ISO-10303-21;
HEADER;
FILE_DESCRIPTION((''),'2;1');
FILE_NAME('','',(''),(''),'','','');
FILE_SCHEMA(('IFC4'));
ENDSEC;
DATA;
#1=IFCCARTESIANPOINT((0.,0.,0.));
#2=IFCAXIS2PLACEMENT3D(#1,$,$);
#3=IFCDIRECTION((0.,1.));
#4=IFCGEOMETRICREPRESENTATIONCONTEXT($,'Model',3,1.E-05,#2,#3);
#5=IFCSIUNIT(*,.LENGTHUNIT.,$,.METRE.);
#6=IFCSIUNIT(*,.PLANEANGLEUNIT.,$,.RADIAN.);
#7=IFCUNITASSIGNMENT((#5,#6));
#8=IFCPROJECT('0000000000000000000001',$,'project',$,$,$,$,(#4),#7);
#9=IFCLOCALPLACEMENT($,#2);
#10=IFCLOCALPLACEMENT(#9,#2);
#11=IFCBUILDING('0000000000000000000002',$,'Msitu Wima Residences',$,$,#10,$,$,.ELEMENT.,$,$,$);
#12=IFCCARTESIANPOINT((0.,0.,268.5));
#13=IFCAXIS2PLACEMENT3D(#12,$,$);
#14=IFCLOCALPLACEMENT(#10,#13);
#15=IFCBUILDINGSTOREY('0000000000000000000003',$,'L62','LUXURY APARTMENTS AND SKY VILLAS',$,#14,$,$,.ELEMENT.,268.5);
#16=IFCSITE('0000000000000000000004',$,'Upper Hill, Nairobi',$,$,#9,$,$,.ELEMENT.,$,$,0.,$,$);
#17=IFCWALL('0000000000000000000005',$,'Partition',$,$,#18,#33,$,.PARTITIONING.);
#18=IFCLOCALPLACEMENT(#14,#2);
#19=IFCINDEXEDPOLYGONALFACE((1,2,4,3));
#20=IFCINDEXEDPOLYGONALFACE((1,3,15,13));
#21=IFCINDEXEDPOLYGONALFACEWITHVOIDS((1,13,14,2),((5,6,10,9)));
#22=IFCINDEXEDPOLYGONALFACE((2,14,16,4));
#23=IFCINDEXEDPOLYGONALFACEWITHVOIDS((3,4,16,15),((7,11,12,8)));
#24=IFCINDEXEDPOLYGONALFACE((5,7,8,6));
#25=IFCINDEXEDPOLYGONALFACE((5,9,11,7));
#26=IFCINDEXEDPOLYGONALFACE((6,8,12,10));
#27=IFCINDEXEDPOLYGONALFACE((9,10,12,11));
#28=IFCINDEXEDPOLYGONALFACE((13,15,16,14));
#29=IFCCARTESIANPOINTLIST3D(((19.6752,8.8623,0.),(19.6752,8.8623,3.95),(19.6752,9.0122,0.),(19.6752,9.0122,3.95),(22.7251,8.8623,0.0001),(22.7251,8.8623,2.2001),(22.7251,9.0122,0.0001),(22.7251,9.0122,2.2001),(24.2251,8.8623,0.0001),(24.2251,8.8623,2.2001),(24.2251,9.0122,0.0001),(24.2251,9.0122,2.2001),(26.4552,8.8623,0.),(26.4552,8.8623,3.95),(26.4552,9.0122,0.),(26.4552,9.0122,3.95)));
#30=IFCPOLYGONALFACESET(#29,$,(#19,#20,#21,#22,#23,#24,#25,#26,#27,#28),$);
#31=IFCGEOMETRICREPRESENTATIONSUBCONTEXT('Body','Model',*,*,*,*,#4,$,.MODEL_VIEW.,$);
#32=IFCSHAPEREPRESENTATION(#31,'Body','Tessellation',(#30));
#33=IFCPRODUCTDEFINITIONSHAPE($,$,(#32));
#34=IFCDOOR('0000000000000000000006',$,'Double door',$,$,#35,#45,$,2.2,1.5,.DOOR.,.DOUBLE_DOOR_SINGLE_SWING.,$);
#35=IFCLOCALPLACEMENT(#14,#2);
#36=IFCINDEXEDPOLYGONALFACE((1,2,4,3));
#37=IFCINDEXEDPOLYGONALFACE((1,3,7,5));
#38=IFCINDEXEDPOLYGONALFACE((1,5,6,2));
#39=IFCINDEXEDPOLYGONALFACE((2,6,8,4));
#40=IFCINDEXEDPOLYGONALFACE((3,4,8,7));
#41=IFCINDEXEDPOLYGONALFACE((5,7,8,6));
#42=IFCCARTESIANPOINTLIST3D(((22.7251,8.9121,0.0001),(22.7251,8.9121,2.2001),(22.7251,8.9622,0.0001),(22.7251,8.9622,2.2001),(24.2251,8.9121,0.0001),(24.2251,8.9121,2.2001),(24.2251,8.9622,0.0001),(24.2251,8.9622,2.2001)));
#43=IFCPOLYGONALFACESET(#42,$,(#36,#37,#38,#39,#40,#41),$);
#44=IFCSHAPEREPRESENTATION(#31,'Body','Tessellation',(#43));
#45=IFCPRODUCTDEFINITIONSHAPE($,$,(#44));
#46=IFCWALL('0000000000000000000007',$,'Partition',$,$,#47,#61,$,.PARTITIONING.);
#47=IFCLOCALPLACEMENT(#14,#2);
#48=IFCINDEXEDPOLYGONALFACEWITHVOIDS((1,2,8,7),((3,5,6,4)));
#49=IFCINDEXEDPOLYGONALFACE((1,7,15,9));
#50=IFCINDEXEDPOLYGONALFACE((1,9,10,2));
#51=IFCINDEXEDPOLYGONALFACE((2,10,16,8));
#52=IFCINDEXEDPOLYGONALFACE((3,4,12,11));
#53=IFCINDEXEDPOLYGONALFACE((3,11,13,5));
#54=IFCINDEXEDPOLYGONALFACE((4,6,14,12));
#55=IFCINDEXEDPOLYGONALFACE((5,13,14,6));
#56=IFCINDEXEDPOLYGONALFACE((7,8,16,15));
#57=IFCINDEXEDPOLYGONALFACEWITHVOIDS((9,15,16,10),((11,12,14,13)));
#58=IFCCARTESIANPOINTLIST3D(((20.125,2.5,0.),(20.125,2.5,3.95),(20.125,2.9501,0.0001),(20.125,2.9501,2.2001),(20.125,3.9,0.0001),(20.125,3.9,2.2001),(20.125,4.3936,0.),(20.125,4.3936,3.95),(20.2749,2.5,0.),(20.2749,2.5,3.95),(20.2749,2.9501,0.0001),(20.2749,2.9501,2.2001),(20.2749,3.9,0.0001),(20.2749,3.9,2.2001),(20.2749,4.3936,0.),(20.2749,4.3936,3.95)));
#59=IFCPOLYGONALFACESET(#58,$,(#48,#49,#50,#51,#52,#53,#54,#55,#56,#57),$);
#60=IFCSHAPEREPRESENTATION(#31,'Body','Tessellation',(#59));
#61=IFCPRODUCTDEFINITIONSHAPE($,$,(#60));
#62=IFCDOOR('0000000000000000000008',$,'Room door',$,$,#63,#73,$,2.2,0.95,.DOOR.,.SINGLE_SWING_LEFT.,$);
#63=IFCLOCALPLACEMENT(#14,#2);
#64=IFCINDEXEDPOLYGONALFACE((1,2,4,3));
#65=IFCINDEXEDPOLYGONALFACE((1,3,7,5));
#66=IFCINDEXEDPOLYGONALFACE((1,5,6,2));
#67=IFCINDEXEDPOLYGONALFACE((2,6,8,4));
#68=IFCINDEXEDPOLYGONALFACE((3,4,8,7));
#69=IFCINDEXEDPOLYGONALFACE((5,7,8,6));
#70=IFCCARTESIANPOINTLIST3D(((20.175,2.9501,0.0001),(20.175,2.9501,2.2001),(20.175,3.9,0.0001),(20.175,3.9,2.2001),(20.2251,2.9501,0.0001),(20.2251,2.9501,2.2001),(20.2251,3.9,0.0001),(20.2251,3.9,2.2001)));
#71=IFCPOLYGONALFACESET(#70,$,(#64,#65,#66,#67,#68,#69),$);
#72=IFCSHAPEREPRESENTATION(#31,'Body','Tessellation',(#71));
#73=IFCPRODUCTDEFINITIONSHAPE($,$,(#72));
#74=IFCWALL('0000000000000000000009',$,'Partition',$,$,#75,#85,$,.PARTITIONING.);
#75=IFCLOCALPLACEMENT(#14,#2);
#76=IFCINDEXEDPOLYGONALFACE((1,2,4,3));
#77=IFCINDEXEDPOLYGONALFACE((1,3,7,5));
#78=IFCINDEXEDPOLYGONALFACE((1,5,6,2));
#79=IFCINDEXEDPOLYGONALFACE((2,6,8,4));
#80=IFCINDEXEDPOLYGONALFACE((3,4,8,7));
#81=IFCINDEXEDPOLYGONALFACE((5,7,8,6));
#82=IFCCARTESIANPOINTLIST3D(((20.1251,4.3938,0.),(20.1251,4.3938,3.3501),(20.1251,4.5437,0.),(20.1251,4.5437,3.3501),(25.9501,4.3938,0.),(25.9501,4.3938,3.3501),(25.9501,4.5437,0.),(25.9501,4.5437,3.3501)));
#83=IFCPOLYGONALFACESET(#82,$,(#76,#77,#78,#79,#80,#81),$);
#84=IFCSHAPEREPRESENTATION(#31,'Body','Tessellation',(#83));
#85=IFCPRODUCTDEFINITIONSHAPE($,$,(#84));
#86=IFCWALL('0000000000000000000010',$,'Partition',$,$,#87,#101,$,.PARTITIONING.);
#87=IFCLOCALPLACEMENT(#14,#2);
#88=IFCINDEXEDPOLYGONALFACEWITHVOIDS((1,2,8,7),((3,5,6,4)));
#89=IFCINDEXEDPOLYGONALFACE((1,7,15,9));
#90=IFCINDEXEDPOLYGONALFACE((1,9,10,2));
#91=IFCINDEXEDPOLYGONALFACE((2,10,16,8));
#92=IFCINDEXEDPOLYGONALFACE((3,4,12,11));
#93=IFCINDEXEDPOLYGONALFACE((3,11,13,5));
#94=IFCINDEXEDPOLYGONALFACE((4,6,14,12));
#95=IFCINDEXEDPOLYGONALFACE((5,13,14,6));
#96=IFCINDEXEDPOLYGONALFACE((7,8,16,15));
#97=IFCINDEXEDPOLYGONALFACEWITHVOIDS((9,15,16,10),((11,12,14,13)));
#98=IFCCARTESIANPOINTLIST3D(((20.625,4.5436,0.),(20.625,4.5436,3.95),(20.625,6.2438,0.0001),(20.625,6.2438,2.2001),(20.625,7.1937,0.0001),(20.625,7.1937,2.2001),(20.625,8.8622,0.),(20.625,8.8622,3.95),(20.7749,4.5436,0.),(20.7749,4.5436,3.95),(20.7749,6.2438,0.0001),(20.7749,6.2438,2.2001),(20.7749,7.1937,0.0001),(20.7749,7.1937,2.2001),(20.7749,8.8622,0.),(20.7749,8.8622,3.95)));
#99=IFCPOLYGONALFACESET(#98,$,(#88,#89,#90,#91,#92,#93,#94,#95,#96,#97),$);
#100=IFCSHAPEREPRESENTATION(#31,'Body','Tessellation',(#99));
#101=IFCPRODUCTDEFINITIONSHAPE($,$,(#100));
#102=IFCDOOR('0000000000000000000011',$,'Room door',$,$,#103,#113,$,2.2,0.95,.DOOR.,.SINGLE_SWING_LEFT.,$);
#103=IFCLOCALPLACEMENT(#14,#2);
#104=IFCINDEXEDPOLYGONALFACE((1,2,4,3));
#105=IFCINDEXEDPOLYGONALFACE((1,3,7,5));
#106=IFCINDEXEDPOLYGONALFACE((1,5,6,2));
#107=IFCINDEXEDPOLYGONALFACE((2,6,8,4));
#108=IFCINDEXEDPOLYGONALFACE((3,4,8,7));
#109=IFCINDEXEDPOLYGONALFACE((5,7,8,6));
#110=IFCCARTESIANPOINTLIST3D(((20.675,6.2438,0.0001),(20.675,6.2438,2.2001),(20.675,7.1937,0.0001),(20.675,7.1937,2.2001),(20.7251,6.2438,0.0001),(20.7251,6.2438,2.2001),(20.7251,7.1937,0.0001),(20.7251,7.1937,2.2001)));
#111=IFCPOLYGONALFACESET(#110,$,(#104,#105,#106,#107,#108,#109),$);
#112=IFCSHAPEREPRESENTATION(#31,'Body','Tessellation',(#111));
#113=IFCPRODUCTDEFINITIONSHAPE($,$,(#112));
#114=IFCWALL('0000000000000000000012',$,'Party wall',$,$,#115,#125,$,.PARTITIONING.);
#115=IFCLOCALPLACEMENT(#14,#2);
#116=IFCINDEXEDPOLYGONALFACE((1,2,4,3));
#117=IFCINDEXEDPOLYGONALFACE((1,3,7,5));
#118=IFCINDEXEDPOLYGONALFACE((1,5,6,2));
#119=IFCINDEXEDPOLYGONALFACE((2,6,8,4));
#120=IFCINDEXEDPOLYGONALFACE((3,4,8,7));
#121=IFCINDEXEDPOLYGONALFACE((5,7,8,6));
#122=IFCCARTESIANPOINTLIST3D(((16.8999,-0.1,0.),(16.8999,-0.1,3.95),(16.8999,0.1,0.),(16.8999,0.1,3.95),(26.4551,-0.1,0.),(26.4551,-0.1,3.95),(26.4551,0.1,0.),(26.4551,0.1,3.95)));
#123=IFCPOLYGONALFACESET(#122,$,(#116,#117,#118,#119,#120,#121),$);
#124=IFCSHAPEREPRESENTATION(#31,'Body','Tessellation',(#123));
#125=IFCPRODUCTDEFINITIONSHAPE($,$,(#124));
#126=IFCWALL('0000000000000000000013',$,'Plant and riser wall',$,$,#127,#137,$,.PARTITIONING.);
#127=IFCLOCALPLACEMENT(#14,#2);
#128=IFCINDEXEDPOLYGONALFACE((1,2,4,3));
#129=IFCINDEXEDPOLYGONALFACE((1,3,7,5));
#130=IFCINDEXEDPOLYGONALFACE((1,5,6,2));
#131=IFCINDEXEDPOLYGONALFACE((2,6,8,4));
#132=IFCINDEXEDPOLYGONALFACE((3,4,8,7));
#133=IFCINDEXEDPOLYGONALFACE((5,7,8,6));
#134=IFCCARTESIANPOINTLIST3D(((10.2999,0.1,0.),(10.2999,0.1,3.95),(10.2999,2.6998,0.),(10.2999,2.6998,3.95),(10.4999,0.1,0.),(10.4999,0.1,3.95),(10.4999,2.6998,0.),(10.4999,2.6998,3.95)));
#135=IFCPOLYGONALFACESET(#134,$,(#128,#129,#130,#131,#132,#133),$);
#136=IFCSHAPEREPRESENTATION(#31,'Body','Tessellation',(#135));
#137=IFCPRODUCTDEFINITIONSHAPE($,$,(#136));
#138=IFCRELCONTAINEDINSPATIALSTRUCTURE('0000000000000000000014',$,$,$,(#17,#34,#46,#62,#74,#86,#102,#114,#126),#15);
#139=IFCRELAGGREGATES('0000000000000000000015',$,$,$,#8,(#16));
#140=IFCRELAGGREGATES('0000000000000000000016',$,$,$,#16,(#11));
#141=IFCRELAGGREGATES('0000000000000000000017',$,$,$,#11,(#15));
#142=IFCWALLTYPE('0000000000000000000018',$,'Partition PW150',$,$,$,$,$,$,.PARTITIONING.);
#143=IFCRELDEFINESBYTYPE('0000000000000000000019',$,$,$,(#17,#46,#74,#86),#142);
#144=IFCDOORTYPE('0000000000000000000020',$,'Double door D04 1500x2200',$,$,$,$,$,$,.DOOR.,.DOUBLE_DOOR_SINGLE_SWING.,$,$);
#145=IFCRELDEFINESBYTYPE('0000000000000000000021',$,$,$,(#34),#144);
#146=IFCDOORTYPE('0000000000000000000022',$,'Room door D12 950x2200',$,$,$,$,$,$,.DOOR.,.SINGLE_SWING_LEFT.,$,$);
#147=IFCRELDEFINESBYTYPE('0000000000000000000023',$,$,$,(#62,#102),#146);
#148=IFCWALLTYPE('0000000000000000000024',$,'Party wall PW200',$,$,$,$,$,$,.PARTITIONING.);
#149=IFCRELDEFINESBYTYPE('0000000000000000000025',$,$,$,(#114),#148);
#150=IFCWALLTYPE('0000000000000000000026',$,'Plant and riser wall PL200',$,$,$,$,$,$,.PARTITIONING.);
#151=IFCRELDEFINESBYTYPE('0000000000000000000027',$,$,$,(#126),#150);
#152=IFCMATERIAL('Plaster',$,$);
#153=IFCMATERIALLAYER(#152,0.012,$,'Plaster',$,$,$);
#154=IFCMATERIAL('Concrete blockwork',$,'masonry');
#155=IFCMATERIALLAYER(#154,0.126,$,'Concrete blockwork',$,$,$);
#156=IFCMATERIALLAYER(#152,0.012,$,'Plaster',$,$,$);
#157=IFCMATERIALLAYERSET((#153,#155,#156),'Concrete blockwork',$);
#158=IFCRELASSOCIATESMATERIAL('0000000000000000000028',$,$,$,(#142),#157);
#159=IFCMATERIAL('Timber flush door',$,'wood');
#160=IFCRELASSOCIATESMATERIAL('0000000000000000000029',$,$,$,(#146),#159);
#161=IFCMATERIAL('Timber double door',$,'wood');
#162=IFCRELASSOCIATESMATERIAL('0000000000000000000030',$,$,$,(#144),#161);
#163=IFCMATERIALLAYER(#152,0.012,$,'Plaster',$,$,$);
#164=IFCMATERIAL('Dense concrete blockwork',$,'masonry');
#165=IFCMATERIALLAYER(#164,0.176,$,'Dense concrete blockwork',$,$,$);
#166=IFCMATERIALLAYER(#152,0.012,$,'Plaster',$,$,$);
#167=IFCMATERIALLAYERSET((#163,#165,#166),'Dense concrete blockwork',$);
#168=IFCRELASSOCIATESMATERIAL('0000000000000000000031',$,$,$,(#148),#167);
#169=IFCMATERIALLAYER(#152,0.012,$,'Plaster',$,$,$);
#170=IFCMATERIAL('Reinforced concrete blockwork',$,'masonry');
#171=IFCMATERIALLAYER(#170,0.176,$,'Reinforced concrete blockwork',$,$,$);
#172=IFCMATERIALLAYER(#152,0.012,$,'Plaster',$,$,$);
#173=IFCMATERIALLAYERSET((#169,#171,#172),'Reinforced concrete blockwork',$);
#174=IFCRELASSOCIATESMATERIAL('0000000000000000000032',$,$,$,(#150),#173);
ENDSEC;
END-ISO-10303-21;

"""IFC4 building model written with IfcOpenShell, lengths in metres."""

from ifc_helpers import new_model, si_unit, direction, frame, frame_2d, origin, place, context, subcontext, project, spatial, rectangle, extrude, material, layer, layer_set, type_object, element, fill, save


model = new_model("IFC4")

# Units and contexts
model_context = context("Model", 3, precision=1e-05, world=origin(), true_north=direction((0.0, 1.0)))
body_context = subcontext(model_context, "Body", "Model", "MODEL_VIEW")
ifc_project = project(units=[si_unit("LENGTHUNIT", "METRE"), si_unit("PLANEANGLEUNIT", "RADIAN")], contexts=[model_context])

# Site, building, storey
site_placement = place(None, origin())
site = spatial("IfcSite", under=ifc_project, at=site_placement, Name="Upper Hill, Nairobi", CompositionType="ELEMENT", RefElevation=0.0)
building_placement = place(site_placement, origin())
building = spatial("IfcBuilding", under=site, at=building_placement, Name="Msitu Wima Residences", CompositionType="ELEMENT")
storey_placement = place(building_placement, frame((0.0, 0.0, 268.5)))
storey = spatial("IfcBuildingStorey", under=building, at=storey_placement, Name="L62", Description="LUXURY APARTMENTS AND SKY VILLAS", CompositionType="ELEMENT", Elevation=268.5)

# Walls, openings, doors
ifc_material_1 = material(Name="Plaster")
ifc_layer_1 = layer(ifc_material_1, 0.012, Name="Plaster")
ifc_material_2 = material(Name="Concrete blockwork", Category="masonry")
ifc_layer_2 = layer(ifc_material_2, 0.126, Name="Concrete blockwork")
ifc_layer_3 = layer(ifc_material_1, 0.012, Name="Plaster")
ifc_layer_set_1 = layer_set([ifc_layer_1, ifc_layer_2, ifc_layer_3], Name="Concrete blockwork")
wall_type_1 = type_object("IfcWallType", Name="Partition PW150", PredefinedType="PARTITIONING", material=ifc_layer_set_1)
ifc_material_3 = material(Name="Timber flush door", Category="wood")
door_type_1 = type_object("IfcDoorType", Name="Room door D12 950x2200", OperationType="SINGLE_SWING_LEFT", PredefinedType="DOOR", material=ifc_material_3)
wall_1_placement = place(storey_placement, frame((19.675, 8.9373, 0.0), z_axis=(0.0, 0.0, 1.0), x_axis=(1.0, 0.0, 0.0)))
wall_1 = element("IfcWall", 1, at=wall_1_placement, inside=storey, type_object=wall_type_1, Name="Partition", PredefinedType="PARTITIONING", context=body_context, shape_type="SweptSolid", body=[
    extrude(rectangle(XDim=6.78, YDim=0.1499, at=frame_2d((3.3901, 0.0))), origin(), (0.0, 0.0, 1.0), 3.95),
])
opening_1_placement = place(wall_1_placement, frame((3.05, 0.0, 0.0)))
opening_1 = element("IfcOpeningElement", 2, at=opening_1_placement, cuts=wall_1, PredefinedType="OPENING", context=body_context, shape_type="SweptSolid", body=[
    extrude(rectangle(XDim=1.5, YDim=2.2, at=frame_2d((0.75, 1.1001))), frame((0.0, 0.085, 0.0), z_axis=(0.0, -1.0, 0.0), x_axis=(1.0, 0.0, 0.0)), (0.0, 0.0, 1.0), 0.1699),
])
ifc_material_4 = material(Name="Timber double door", Category="wood")
door_type_2 = type_object("IfcDoorType", Name="Double door D04 1500x2200", OperationType="DOUBLE_DOOR_SINGLE_SWING", PredefinedType="DOOR", material=ifc_material_4)
door_1_placement = place(opening_1_placement, origin())
door_1 = element("IfcDoor", 3, at=door_1_placement, inside=storey, type_object=door_type_2, Name="Double door", OperationType="DOUBLE_DOOR_SINGLE_SWING", OverallHeight=2.2, OverallWidth=1.5, PredefinedType="DOOR", context=body_context, shape_type="SweptSolid", body=[
    extrude(rectangle(XDim=1.5, YDim=2.2, at=frame_2d((0.75, 1.1001))), frame((0.0, 0.0249, 0.0), z_axis=(0.0, -1.0, 0.0), x_axis=(1.0, 0.0, 0.0)), (0.0, 0.0, 1.0), 0.05),
])
fill(opening_1, door_1)
wall_2_placement = place(storey_placement, frame((20.2, 2.5, 0.0), z_axis=(0.0, 0.0, 1.0), x_axis=(0.0, 1.0, 0.0)))
wall_2 = element("IfcWall", 4, at=wall_2_placement, inside=storey, type_object=wall_type_1, Name="Partition", PredefinedType="PARTITIONING", context=body_context, shape_type="SweptSolid", body=[
    extrude(rectangle(XDim=1.8936, YDim=0.1499, at=frame_2d((0.9468, 0.0))), origin(), (0.0, 0.0, 1.0), 3.95),
])
opening_2_placement = place(wall_2_placement, frame((0.45, 0.0, 0.0)))
opening_2 = element("IfcOpeningElement", 5, at=opening_2_placement, cuts=wall_2, PredefinedType="OPENING", context=body_context, shape_type="SweptSolid", body=[
    extrude(rectangle(XDim=0.95, YDim=2.2, at=frame_2d((0.4751, 1.1001))), frame((0.0, 0.085, 0.0), z_axis=(0.0, -1.0, 0.0), x_axis=(1.0, 0.0, 0.0)), (0.0, 0.0, 1.0), 0.1699),
])
door_2_placement = place(opening_2_placement, origin())
door_2 = element("IfcDoor", 6, at=door_2_placement, inside=storey, type_object=door_type_1, Name="Room door", OperationType="SINGLE_SWING_LEFT", OverallHeight=2.2, OverallWidth=0.95, PredefinedType="DOOR", context=body_context, shape_type="SweptSolid", body=[
    extrude(rectangle(XDim=0.95, YDim=2.2, at=frame_2d((0.4751, 1.1001))), frame((0.0, 0.0249, 0.0), z_axis=(0.0, -1.0, 0.0), x_axis=(1.0, 0.0, 0.0)), (0.0, 0.0, 1.0), 0.05),
])
fill(opening_2, door_2)

# Wall
wall_3_placement = place(storey_placement, frame((20.125, 4.4688, 0.0), z_axis=(0.0, 0.0, 1.0), x_axis=(1.0, 0.0, 0.0)))
element("IfcWall", 7, at=wall_3_placement, inside=storey, type_object=wall_type_1, Name="Partition", PredefinedType="PARTITIONING", context=body_context, shape_type="SweptSolid", body=[
    extrude(rectangle(XDim=5.825, YDim=0.1499, at=frame_2d((2.9126, 0.0))), origin(), (0.0, 0.0, 1.0), 3.3501),
])

# Wall, opening, door
wall_4_placement = place(storey_placement, frame((20.7, 4.5437, 0.0), z_axis=(0.0, 0.0, 1.0), x_axis=(0.0, 1.0, 0.0)))
wall_4 = element("IfcWall", 8, at=wall_4_placement, inside=storey, type_object=wall_type_1, Name="Partition", PredefinedType="PARTITIONING", context=body_context, shape_type="SweptSolid", body=[
    extrude(rectangle(XDim=4.3186, YDim=0.1499, at=frame_2d((2.1592, 0.0))), origin(), (0.0, 0.0, 1.0), 3.95),
])
opening_3_placement = place(wall_4_placement, frame((1.7, 0.0, 0.0)))
opening_3 = element("IfcOpeningElement", 9, at=opening_3_placement, cuts=wall_4, PredefinedType="OPENING", context=body_context, shape_type="SweptSolid", body=[
    extrude(rectangle(XDim=0.95, YDim=2.2, at=frame_2d((0.4751, 1.1001))), frame((0.0, 0.085, 0.0), z_axis=(0.0, -1.0, 0.0), x_axis=(1.0, 0.0, 0.0)), (0.0, 0.0, 1.0), 0.1699),
])
door_3_placement = place(opening_3_placement, origin())
door_3 = element("IfcDoor", 10, at=door_3_placement, inside=storey, type_object=door_type_1, Name="Room door", OperationType="SINGLE_SWING_LEFT", OverallHeight=2.2, OverallWidth=0.95, PredefinedType="DOOR", context=body_context, shape_type="SweptSolid", body=[
    extrude(rectangle(XDim=0.95, YDim=2.2, at=frame_2d((0.4751, 1.1001))), frame((0.0, 0.0249, 0.0), z_axis=(0.0, -1.0, 0.0), x_axis=(1.0, 0.0, 0.0)), (0.0, 0.0, 1.0), 0.05),
])
fill(opening_3, door_3)

# Walls
ifc_layer_4 = layer(ifc_material_1, 0.012, Name="Plaster")
ifc_material_5 = material(Name="Dense concrete blockwork", Category="masonry")
ifc_layer_5 = layer(ifc_material_5, 0.176, Name="Dense concrete blockwork")
ifc_layer_6 = layer(ifc_material_1, 0.012, Name="Plaster")
ifc_layer_set_2 = layer_set([ifc_layer_4, ifc_layer_5, ifc_layer_6], Name="Dense concrete blockwork")
wall_type_2 = type_object("IfcWallType", Name="Party wall PW200", PredefinedType="PARTITIONING", material=ifc_layer_set_2)
wall_5_placement = place(storey_placement, frame((16.8999, 0.0, 0.0), z_axis=(0.0, 0.0, 1.0), x_axis=(1.0, 0.0, 0.0)))
element("IfcWall", 11, at=wall_5_placement, inside=storey, type_object=wall_type_2, Name="Party wall", PredefinedType="PARTITIONING", context=body_context, shape_type="SweptSolid", body=[
    extrude(rectangle(XDim=9.5552, YDim=0.2, at=frame_2d((4.7776, 0.0))), origin(), (0.0, 0.0, 1.0), 3.95),
])
ifc_layer_7 = layer(ifc_material_1, 0.012, Name="Plaster")
ifc_material_6 = material(Name="Reinforced concrete blockwork", Category="masonry")
ifc_layer_8 = layer(ifc_material_6, 0.176, Name="Reinforced concrete blockwork")
ifc_layer_9 = layer(ifc_material_1, 0.012, Name="Plaster")
ifc_layer_set_3 = layer_set([ifc_layer_7, ifc_layer_8, ifc_layer_9], Name="Reinforced concrete blockwork")
wall_type_3 = type_object("IfcWallType", Name="Plant and riser wall PL200", PredefinedType="PARTITIONING", material=ifc_layer_set_3)
wall_6_placement = place(storey_placement, frame((10.3999, 0.1001, 0.0), z_axis=(0.0, 0.0, 1.0), x_axis=(0.0, 1.0, 0.0)))
element("IfcWall", 12, at=wall_6_placement, inside=storey, type_object=wall_type_3, Name="Plant and riser wall", PredefinedType="PARTITIONING", context=body_context, shape_type="SweptSolid", body=[
    extrude(rectangle(XDim=2.5999, YDim=0.2, at=frame_2d((1.2998, 0.0))), origin(), (0.0, 0.0, 1.0), 3.95),
])

save(model, "model.ifc")
